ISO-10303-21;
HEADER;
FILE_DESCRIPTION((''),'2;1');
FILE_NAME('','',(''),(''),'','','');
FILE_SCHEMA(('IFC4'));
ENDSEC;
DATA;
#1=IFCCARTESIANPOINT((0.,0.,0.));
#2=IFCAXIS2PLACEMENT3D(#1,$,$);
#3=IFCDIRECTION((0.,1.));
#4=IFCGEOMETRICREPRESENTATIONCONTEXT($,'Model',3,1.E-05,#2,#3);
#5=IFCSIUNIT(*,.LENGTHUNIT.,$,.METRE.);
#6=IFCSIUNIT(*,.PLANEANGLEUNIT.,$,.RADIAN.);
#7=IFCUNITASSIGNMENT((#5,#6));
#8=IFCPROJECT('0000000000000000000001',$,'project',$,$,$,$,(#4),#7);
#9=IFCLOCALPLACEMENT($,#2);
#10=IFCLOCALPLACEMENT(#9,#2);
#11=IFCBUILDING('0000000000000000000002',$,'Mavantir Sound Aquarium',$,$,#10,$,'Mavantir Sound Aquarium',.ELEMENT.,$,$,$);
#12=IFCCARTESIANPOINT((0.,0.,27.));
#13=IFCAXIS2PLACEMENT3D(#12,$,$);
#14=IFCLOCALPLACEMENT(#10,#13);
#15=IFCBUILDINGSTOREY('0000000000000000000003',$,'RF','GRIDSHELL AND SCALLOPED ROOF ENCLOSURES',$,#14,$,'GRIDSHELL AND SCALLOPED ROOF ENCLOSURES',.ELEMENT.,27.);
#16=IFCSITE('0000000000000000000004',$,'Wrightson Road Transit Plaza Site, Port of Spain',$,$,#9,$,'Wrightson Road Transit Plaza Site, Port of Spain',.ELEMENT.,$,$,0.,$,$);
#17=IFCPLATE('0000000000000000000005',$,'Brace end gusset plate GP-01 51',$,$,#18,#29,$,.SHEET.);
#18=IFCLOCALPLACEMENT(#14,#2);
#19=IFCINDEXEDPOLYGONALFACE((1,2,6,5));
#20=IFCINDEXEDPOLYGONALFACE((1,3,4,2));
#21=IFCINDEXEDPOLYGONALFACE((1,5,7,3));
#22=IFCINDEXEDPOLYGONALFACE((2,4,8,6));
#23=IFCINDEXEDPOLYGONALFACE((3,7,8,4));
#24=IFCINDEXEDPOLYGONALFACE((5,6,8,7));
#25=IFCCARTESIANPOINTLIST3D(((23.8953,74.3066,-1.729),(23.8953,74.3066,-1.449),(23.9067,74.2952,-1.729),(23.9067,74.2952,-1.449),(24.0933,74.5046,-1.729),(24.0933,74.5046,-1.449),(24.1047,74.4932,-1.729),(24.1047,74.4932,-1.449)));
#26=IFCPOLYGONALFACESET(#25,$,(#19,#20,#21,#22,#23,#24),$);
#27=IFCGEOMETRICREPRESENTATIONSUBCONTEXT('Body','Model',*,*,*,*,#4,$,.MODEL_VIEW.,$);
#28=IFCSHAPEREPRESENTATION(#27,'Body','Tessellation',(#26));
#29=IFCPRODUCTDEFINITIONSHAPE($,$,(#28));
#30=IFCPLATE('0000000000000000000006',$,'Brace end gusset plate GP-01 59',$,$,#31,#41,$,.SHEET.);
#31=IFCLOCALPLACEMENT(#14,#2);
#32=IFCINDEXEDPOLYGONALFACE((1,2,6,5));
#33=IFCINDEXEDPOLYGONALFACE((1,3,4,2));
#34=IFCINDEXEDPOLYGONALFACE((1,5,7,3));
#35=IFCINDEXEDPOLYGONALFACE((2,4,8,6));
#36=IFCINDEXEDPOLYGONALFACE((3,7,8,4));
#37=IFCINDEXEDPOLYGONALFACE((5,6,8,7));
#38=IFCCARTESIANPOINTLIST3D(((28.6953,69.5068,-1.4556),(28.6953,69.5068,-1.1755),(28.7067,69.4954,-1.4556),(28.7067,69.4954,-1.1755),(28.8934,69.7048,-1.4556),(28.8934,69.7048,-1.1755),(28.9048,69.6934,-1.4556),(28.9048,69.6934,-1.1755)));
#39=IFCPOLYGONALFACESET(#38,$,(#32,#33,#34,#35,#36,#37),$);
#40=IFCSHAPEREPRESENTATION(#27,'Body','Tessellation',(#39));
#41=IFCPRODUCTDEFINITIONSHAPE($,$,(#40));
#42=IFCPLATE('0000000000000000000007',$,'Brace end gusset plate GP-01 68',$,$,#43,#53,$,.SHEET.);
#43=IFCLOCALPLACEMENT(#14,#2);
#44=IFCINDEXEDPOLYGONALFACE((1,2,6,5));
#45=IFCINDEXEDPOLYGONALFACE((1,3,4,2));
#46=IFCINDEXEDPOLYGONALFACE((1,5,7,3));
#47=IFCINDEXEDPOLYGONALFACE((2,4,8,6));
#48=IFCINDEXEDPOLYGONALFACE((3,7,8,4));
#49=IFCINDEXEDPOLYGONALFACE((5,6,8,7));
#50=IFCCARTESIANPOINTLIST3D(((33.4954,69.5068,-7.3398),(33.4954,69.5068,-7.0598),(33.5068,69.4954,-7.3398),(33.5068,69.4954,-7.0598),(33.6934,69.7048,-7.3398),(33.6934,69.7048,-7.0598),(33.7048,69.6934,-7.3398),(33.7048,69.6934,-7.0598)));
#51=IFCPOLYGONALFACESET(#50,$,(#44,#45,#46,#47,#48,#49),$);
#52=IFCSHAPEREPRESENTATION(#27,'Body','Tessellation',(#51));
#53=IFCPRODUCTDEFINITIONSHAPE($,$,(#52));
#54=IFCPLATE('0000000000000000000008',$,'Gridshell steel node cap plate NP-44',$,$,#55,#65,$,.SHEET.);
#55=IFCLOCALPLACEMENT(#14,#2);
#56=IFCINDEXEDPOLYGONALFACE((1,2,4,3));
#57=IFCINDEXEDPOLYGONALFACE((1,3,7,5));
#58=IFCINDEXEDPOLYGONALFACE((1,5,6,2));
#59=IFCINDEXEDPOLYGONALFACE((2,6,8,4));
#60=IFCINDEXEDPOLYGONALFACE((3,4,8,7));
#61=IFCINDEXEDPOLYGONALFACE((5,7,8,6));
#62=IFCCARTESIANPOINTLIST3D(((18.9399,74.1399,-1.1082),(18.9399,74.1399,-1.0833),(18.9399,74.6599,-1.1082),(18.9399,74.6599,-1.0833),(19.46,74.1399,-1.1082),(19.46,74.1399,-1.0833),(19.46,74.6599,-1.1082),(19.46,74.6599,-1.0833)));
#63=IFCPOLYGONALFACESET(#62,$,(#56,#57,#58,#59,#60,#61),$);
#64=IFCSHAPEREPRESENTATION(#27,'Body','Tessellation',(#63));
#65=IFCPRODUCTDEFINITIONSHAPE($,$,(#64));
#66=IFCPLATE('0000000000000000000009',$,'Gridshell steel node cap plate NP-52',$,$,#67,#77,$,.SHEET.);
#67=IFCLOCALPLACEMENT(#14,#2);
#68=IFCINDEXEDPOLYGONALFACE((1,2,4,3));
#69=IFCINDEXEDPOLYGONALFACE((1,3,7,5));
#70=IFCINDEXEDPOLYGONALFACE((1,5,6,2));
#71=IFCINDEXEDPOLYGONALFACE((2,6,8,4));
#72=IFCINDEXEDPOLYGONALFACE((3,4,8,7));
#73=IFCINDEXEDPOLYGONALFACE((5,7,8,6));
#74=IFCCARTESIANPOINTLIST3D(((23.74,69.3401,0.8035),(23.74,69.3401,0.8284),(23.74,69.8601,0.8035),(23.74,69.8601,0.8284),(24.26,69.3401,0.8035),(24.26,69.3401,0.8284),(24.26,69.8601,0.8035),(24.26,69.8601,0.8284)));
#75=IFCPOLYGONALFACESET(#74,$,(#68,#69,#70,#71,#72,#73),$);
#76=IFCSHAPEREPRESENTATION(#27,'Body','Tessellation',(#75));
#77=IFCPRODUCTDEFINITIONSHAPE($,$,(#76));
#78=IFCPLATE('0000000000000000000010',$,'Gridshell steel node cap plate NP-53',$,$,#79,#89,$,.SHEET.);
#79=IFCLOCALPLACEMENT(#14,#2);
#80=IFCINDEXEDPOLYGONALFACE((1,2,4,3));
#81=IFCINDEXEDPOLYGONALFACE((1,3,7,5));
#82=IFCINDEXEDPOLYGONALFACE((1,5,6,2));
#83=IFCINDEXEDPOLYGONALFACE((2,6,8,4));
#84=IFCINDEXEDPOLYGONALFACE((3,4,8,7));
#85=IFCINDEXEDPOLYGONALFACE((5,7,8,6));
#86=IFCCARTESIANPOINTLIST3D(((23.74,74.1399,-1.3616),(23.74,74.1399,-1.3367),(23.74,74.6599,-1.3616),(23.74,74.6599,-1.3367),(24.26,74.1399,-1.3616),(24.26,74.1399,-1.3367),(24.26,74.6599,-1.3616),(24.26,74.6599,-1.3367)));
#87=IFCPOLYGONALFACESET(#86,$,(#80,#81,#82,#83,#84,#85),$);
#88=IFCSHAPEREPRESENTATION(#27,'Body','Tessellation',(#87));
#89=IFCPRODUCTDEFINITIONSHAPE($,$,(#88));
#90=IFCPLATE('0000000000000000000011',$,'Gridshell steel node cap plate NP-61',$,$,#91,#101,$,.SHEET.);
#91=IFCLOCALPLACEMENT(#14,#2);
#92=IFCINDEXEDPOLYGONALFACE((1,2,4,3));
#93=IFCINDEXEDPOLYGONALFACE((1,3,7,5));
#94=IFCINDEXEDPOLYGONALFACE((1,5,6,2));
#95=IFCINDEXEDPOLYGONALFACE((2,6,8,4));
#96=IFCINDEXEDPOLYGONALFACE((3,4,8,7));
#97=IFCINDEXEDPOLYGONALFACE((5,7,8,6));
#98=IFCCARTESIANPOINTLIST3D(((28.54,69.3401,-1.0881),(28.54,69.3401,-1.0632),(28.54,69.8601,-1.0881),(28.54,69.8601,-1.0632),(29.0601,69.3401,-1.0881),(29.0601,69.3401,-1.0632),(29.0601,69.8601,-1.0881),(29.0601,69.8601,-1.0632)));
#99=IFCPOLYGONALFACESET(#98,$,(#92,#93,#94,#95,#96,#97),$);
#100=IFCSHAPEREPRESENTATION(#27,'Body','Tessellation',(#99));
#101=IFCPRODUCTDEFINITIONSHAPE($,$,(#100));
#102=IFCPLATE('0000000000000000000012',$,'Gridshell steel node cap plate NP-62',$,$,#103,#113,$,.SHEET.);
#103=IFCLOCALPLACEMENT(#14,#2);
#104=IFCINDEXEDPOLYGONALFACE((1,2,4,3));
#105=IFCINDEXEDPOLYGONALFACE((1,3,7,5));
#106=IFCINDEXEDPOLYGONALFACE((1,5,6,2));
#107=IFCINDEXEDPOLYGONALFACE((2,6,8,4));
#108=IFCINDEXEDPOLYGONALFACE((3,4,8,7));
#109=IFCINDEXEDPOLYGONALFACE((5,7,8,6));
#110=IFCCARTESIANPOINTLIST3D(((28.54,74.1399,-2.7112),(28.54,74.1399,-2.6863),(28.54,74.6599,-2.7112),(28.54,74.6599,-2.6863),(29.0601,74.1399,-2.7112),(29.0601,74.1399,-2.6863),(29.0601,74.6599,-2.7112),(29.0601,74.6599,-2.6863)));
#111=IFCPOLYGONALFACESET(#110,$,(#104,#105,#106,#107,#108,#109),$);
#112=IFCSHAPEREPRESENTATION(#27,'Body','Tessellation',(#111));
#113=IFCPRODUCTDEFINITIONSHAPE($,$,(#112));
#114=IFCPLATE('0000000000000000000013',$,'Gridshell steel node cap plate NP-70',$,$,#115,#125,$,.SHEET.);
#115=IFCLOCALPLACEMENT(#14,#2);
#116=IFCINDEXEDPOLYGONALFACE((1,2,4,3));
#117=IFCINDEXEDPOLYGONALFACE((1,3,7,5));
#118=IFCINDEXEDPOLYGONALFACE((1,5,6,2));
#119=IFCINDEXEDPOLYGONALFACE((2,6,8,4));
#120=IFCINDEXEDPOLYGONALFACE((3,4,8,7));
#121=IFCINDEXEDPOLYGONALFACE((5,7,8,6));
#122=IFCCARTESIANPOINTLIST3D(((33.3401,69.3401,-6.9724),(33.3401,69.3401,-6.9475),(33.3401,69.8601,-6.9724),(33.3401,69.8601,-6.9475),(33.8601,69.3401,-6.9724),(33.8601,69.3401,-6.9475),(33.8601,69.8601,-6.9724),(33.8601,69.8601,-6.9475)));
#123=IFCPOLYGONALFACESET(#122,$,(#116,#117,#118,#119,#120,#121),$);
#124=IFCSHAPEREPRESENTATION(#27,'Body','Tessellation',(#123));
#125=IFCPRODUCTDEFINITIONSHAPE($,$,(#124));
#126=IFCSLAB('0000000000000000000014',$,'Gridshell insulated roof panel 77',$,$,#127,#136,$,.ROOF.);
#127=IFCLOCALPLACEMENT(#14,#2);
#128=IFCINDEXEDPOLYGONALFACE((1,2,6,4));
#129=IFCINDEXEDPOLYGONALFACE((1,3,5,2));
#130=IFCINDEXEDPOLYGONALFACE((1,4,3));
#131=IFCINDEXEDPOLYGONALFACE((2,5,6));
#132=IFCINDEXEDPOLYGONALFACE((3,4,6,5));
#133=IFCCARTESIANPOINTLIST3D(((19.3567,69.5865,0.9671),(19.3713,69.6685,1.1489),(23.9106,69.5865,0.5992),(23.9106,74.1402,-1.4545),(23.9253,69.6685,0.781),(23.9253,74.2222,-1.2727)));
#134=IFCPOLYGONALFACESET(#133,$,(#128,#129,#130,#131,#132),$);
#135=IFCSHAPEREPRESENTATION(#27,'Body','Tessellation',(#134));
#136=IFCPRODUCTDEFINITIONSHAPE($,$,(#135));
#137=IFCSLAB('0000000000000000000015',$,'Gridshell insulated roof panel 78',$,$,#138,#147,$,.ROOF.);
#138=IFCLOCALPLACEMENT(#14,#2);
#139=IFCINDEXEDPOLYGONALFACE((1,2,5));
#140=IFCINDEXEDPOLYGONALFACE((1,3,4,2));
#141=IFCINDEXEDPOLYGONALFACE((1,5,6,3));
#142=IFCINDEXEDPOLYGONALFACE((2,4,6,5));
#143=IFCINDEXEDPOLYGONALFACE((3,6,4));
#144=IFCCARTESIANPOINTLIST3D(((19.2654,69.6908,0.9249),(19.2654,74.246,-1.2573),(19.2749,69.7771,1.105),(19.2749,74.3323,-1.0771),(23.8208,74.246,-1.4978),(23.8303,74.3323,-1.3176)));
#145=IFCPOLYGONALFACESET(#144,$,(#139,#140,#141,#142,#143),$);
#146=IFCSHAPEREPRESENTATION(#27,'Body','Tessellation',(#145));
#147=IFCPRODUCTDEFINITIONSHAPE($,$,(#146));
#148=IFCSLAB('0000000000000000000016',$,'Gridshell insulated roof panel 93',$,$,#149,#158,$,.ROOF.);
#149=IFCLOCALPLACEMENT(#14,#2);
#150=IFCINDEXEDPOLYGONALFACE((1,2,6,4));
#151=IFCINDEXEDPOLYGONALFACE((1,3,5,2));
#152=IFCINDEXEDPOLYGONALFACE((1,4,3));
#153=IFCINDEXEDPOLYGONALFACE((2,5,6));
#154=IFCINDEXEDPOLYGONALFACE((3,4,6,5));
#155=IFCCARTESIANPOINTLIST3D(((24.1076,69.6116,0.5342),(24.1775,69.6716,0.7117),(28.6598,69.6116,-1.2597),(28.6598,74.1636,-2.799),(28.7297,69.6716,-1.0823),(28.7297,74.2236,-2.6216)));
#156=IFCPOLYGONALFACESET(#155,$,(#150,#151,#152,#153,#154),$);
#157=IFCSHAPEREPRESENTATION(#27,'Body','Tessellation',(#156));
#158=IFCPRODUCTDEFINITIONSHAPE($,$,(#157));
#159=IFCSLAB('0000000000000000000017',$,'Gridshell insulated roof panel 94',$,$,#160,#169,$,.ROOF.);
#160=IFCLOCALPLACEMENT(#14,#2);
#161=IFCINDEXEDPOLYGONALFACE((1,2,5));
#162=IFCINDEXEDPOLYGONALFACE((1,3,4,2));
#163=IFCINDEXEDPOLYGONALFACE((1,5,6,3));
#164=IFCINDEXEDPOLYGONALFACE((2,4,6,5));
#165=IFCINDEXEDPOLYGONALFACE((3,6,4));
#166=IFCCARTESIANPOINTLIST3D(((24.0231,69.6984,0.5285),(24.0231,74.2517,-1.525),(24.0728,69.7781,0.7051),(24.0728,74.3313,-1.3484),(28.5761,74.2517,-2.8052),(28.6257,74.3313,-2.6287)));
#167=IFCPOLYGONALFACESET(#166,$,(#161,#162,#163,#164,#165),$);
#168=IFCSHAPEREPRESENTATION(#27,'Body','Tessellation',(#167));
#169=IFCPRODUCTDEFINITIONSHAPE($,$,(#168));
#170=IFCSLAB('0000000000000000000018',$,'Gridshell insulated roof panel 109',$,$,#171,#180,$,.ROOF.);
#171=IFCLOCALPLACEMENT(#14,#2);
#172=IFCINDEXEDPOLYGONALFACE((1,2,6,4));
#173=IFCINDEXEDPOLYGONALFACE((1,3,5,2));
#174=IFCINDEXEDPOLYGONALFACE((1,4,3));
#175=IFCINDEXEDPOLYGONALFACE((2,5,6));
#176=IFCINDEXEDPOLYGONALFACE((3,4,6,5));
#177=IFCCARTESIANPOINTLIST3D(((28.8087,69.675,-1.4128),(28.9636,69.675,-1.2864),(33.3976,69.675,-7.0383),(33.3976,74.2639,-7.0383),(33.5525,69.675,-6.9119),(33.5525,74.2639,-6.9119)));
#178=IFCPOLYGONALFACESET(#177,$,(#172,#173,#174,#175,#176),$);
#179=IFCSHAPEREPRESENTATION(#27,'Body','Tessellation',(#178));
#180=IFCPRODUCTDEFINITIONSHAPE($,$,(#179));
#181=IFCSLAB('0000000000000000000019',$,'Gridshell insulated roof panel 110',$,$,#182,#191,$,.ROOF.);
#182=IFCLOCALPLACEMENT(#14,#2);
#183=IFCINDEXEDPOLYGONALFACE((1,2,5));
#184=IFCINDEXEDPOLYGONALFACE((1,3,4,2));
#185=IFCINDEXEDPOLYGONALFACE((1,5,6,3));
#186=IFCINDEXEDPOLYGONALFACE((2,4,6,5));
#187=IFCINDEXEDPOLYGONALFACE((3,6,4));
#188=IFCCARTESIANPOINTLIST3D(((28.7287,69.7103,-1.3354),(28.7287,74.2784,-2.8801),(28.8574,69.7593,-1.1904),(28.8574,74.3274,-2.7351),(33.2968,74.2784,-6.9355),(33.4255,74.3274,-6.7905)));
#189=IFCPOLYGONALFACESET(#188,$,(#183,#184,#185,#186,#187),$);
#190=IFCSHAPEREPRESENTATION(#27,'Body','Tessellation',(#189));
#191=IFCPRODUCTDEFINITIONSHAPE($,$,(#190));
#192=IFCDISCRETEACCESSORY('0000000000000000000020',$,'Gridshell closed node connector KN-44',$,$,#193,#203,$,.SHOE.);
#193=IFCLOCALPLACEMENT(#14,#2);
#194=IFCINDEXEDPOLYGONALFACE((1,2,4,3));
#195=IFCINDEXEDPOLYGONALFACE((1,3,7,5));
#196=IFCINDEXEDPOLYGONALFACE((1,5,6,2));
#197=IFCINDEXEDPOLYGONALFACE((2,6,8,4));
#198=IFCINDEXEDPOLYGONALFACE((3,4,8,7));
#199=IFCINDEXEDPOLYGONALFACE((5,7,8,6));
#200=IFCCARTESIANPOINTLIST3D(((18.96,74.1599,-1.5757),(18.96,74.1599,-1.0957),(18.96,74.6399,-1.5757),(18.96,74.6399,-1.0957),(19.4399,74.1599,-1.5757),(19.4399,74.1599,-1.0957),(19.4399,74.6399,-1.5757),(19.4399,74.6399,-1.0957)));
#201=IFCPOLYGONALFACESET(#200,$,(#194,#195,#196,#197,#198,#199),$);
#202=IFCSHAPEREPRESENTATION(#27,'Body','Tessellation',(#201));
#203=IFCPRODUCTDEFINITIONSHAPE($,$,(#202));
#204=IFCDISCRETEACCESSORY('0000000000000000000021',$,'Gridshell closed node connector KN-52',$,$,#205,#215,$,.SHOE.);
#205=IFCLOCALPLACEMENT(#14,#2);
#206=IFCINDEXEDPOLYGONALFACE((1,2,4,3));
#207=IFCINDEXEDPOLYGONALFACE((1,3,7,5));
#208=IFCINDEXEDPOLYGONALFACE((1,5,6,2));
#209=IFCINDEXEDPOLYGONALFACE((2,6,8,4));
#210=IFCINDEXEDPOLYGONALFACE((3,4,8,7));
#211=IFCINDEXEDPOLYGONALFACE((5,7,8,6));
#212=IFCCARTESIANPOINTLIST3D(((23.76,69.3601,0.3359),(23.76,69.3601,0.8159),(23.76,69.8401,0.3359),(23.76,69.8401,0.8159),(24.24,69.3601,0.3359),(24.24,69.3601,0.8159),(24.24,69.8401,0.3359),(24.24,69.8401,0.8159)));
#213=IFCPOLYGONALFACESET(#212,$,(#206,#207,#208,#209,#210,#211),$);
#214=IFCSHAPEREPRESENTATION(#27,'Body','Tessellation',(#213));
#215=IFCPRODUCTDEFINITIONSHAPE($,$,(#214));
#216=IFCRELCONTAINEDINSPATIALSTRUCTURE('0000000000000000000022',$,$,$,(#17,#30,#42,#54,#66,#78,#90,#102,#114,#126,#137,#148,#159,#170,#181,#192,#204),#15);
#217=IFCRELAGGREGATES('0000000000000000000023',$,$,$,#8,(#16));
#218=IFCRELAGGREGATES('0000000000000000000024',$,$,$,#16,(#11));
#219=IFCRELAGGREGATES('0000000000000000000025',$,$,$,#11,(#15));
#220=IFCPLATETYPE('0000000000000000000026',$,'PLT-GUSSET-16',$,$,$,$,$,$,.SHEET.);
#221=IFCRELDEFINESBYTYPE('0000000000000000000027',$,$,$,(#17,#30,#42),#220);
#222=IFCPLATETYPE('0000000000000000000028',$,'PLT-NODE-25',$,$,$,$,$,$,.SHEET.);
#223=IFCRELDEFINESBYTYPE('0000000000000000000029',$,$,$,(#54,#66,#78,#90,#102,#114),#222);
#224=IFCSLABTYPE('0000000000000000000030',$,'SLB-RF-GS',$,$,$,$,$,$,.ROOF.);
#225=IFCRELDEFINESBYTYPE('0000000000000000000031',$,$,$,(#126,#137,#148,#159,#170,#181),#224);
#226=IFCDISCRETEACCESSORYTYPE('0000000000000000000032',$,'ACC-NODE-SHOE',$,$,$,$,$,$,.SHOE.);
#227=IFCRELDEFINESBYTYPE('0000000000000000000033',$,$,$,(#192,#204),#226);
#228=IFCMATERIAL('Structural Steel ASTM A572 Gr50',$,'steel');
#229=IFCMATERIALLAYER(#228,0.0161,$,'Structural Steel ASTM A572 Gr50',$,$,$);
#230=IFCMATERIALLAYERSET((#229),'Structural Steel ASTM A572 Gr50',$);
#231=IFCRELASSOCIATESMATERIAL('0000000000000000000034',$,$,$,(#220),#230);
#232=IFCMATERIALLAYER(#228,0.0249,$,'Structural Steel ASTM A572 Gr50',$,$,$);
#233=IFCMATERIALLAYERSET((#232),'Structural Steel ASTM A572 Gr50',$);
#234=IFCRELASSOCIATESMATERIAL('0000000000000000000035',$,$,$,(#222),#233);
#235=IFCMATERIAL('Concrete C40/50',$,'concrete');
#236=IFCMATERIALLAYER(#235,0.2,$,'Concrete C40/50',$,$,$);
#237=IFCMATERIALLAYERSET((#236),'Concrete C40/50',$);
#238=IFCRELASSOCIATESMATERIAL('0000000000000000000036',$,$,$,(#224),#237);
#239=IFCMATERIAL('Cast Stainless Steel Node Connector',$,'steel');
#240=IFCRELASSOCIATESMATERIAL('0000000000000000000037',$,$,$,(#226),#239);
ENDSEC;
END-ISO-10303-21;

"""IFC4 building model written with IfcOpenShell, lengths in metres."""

from ifc_helpers import new_model, si_unit, direction, frame, origin, origin_2d, place, context, subcontext, project, spatial, polyline, rectangle, outline, extrude, material, layer, layer_set, type_object, element, save


model = new_model("IFC4")

# Units and contexts
model_context = context("Model", 3, precision=1e-05, world=origin(), true_north=direction((0.0, 1.0)))
body_context = subcontext(model_context, "Body", "Model", "MODEL_VIEW")
ifc_project = project(units=[si_unit("LENGTHUNIT", "METRE"), si_unit("PLANEANGLEUNIT", "RADIAN")], contexts=[model_context])

# Site, building, storey
site_placement = place(None, origin())
site = spatial("IfcSite", under=ifc_project, at=site_placement, Name="Wrightson Road Transit Plaza Site, Port of Spain", LongName="Wrightson Road Transit Plaza Site, Port of Spain", CompositionType="ELEMENT", RefElevation=0.0)
building_placement = place(site_placement, origin())
building = spatial("IfcBuilding", under=site, at=building_placement, Name="Mavantir Sound Aquarium", LongName="Mavantir Sound Aquarium", CompositionType="ELEMENT")
storey_placement = place(building_placement, frame((0.0, 0.0, 27.0)))
storey = spatial("IfcBuildingStorey", under=building, at=storey_placement, Name="RF", Description="GRIDSHELL AND SCALLOPED ROOF ENCLOSURES", LongName="GRIDSHELL AND SCALLOPED ROOF ENCLOSURES", CompositionType="ELEMENT", Elevation=27.0)

# Plates
ifc_material_1 = material(Name="Structural Steel ASTM A572 Gr50", Category="steel")
ifc_layer_1 = layer(ifc_material_1, 0.0161, Name="Structural Steel ASTM A572 Gr50")
ifc_layer_set_1 = layer_set([ifc_layer_1], Name="Structural Steel ASTM A572 Gr50")
plate_type_1 = type_object("IfcPlateType", Name="PLT-GUSSET-16", PredefinedType="SHEET", material=ifc_layer_set_1)
for number, where, z_axis, x_axis, name in (
    (1, (24.0, 74.3999, -1.729), (0.0, 0.0, 1.0), (0.707107, 0.707107, 0.0), "Brace end gusset plate GP-01 51"),
    (2, (28.8, 69.6001, -1.4556), (0.0, 0.0, 1.0), (0.707107, 0.707107, 0.0), "Brace end gusset plate GP-01 59"),
    (3, (33.6001, 69.6001, -7.3398), (0.0, 0.0, 1.0), (0.707107, 0.707107, 0.0), "Brace end gusset plate GP-01 68"),
):
    element("IfcPlate", number, at=place(storey_placement, frame(where, z_axis=z_axis, x_axis=x_axis)), inside=storey, type_object=plate_type_1, Name=name, PredefinedType="SHEET", context=body_context, shape_type="SweptSolid", body=[
        extrude(rectangle(XDim=0.28, YDim=0.0161, at=origin_2d()), origin(), (0.0, 0.0, 1.0), 0.28),
    ])
ifc_layer_2 = layer(ifc_material_1, 0.0249, Name="Structural Steel ASTM A572 Gr50")
ifc_layer_set_2 = layer_set([ifc_layer_2], Name="Structural Steel ASTM A572 Gr50")
plate_type_2 = type_object("IfcPlateType", Name="PLT-NODE-25", PredefinedType="SHEET", material=ifc_layer_set_2)
for number, where, z_axis, x_axis, name in (
    (4, (19.2, 74.3999, -1.1082), (0.0, 0.0, 1.0), (1.0, 0.0, 0.0), "Gridshell steel node cap plate NP-44"),
    (5, (24.0, 69.6001, 0.8035), (0.0, 0.0, 1.0), (1.0, 0.0, 0.0), "Gridshell steel node cap plate NP-52"),
    (6, (24.0, 74.3999, -1.3616), (0.0, 0.0, 1.0), (1.0, 0.0, 0.0), "Gridshell steel node cap plate NP-53"),
    (7, (28.8, 69.6001, -1.0881), (0.0, 0.0, 1.0), (1.0, 0.0, 0.0), "Gridshell steel node cap plate NP-61"),
    (8, (28.8, 74.3999, -2.7112), (0.0, 0.0, 1.0), (1.0, 0.0, 0.0), "Gridshell steel node cap plate NP-62"),
    (9, (33.6001, 69.6001, -6.9724), (0.0, 0.0, 1.0), (1.0, 0.0, 0.0), "Gridshell steel node cap plate NP-70"),
):
    element("IfcPlate", number, at=place(storey_placement, frame(where, z_axis=z_axis, x_axis=x_axis)), inside=storey, type_object=plate_type_2, Name=name, PredefinedType="SHEET", context=body_context, shape_type="SweptSolid", body=[
        extrude(rectangle(XDim=0.52, YDim=0.52, at=origin_2d()), origin(), (0.0, 0.0, 1.0), 0.0249),
    ])

# Slabs
ifc_material_2 = material(Name="Concrete C40/50", Category="concrete")
ifc_layer_3 = layer(ifc_material_2, 0.2, Name="Concrete C40/50")
ifc_layer_set_3 = layer_set([ifc_layer_3], Name="Concrete C40/50")
slab_type = type_object("IfcSlabType", Name="SLB-RF-GS", PredefinedType="ROOF", material=ifc_layer_set_3)
slab_1_placement = place(storey_placement, frame((19.3713, 69.6685, 1.1489), z_axis=(0.073449, 0.41001, 0.909119), x_axis=(0.996752, 0.0, -0.080529)))
element("IfcSlab", 10, at=slab_1_placement, inside=storey, type_object=slab_type, Name="Gridshell insulated roof panel 77", PredefinedType="ROOF", context=body_context, shape_type="SweptSolid", body=[
    extrude(outline(polyline([(0.0, 0.0), (4.5688, 0.0), (4.7342, 4.9927), (0.0, 0.0)])), origin(), (0.0, 0.0, -1.0), 0.2),
])
slab_2_placement = place(storey_placement, frame((19.2749, 69.7771, 1.105), z_axis=(0.047555, 0.431541, 0.900839), x_axis=(0.661873, 0.661837, -0.351989)))
element("IfcSlab", 11, at=slab_2_placement, inside=storey, type_object=slab_type, Name="Gridshell insulated roof panel 78", PredefinedType="ROOF", context=body_context, shape_type="SweptSolid", body=[
    extrude(outline(polyline([(0.0, 0.0), (6.8826, 0.0), (3.7829, 3.3468), (0.0, 0.0)])), origin(), (0.0, 0.0, -1.0), 0.2),
])
slab_3_placement = place(storey_placement, frame((24.1775, 69.6716, 0.7117), z_axis=(0.349737, 0.30011, 0.887479), x_axis=(0.930364, 0.0, -0.366637)))
element("IfcSlab", 12, at=slab_3_placement, inside=storey, type_object=slab_type, Name="Gridshell insulated roof panel 93", PredefinedType="ROOF", context=body_context, shape_type="SweptSolid", body=[
    extrude(outline(polyline([(0.0, 0.0), (4.893, 0.0), (5.4573, 4.772), (0.0, 0.0)])), origin(), (0.0, 0.0, -1.0), 0.2),
])
slab_4_placement = place(storey_placement, frame((24.0728, 69.7781, 0.7051), z_axis=(0.248304, 0.398241, 0.883034), x_axis=(0.627921, 0.627954, -0.45977)))
element("IfcSlab", 13, at=slab_4_placement, inside=storey, type_object=slab_type, Name="Gridshell insulated roof panel 94", PredefinedType="ROOF", context=body_context, shape_type="SweptSolid", body=[
    extrude(outline(polyline([(0.0, 0.0), (7.2509, 0.0), (3.8033, 3.2378), (0.0, 0.0)])), origin(), (0.0, 0.0, -1.0), 0.2),
])
slab_5_placement = place(storey_placement, frame((28.9636, 69.675, -1.2864), z_axis=(0.774888, 0.0, 0.632098), x_axis=(0.632098, 0.0, -0.774888)))
element("IfcSlab", 14, at=slab_5_placement, inside=storey, type_object=slab_type, Name="Gridshell insulated roof panel 109", PredefinedType="ROOF", context=body_context, shape_type="SweptSolid", body=[
    extrude(outline(polyline([(0.0, 0.0), (7.2597, 0.0), (7.2597, 4.5889), (0.0, 0.0)])), origin(), (0.0, 0.0, -1.0), 0.2),
])
slab_6_placement = place(storey_placement, frame((28.8574, 69.7593, -1.1904), z_axis=(0.643635, 0.245156, 0.725005), x_axis=(0.534305, 0.534305, -0.655009)))
element("IfcSlab", 15, at=slab_6_placement, inside=storey, type_object=slab_type, Name="Gridshell insulated roof panel 110", PredefinedType="ROOF", context=body_context, shape_type="SweptSolid", body=[
    extrude(outline(polyline([(0.0, 0.0), (8.5496, 0.0), (3.4525, 3.3665), (0.0, 0.0)])), origin(), (0.0, 0.0, -1.0), 0.2),
])

# Discrete accessories
ifc_material_3 = material(Name="Cast Stainless Steel Node Connector", Category="steel")
discrete_accessory_type = type_object("IfcDiscreteAccessoryType", Name="ACC-NODE-SHOE", PredefinedType="SHOE", material=ifc_material_3)
for number, where, z_axis, x_axis, name in (
    (16, (19.2, 74.3999, -1.5757), (0.0, 0.0, 1.0), (1.0, 0.0, 0.0), "Gridshell closed node connector KN-44"),
    (17, (24.0, 69.6001, 0.3359), (0.0, 0.0, 1.0), (1.0, 0.0, 0.0), "Gridshell closed node connector KN-52"),
):
    element("IfcDiscreteAccessory", number, at=place(storey_placement, frame(where, z_axis=z_axis, x_axis=x_axis)), inside=storey, type_object=discrete_accessory_type, Name=name, PredefinedType="SHOE", context=body_context, shape_type="SweptSolid", body=[
        extrude(rectangle(XDim=0.48, YDim=0.48, at=origin_2d()), origin(), (0.0, 0.0, 1.0), 0.48),
    ])

save(model, "model.ifc")
